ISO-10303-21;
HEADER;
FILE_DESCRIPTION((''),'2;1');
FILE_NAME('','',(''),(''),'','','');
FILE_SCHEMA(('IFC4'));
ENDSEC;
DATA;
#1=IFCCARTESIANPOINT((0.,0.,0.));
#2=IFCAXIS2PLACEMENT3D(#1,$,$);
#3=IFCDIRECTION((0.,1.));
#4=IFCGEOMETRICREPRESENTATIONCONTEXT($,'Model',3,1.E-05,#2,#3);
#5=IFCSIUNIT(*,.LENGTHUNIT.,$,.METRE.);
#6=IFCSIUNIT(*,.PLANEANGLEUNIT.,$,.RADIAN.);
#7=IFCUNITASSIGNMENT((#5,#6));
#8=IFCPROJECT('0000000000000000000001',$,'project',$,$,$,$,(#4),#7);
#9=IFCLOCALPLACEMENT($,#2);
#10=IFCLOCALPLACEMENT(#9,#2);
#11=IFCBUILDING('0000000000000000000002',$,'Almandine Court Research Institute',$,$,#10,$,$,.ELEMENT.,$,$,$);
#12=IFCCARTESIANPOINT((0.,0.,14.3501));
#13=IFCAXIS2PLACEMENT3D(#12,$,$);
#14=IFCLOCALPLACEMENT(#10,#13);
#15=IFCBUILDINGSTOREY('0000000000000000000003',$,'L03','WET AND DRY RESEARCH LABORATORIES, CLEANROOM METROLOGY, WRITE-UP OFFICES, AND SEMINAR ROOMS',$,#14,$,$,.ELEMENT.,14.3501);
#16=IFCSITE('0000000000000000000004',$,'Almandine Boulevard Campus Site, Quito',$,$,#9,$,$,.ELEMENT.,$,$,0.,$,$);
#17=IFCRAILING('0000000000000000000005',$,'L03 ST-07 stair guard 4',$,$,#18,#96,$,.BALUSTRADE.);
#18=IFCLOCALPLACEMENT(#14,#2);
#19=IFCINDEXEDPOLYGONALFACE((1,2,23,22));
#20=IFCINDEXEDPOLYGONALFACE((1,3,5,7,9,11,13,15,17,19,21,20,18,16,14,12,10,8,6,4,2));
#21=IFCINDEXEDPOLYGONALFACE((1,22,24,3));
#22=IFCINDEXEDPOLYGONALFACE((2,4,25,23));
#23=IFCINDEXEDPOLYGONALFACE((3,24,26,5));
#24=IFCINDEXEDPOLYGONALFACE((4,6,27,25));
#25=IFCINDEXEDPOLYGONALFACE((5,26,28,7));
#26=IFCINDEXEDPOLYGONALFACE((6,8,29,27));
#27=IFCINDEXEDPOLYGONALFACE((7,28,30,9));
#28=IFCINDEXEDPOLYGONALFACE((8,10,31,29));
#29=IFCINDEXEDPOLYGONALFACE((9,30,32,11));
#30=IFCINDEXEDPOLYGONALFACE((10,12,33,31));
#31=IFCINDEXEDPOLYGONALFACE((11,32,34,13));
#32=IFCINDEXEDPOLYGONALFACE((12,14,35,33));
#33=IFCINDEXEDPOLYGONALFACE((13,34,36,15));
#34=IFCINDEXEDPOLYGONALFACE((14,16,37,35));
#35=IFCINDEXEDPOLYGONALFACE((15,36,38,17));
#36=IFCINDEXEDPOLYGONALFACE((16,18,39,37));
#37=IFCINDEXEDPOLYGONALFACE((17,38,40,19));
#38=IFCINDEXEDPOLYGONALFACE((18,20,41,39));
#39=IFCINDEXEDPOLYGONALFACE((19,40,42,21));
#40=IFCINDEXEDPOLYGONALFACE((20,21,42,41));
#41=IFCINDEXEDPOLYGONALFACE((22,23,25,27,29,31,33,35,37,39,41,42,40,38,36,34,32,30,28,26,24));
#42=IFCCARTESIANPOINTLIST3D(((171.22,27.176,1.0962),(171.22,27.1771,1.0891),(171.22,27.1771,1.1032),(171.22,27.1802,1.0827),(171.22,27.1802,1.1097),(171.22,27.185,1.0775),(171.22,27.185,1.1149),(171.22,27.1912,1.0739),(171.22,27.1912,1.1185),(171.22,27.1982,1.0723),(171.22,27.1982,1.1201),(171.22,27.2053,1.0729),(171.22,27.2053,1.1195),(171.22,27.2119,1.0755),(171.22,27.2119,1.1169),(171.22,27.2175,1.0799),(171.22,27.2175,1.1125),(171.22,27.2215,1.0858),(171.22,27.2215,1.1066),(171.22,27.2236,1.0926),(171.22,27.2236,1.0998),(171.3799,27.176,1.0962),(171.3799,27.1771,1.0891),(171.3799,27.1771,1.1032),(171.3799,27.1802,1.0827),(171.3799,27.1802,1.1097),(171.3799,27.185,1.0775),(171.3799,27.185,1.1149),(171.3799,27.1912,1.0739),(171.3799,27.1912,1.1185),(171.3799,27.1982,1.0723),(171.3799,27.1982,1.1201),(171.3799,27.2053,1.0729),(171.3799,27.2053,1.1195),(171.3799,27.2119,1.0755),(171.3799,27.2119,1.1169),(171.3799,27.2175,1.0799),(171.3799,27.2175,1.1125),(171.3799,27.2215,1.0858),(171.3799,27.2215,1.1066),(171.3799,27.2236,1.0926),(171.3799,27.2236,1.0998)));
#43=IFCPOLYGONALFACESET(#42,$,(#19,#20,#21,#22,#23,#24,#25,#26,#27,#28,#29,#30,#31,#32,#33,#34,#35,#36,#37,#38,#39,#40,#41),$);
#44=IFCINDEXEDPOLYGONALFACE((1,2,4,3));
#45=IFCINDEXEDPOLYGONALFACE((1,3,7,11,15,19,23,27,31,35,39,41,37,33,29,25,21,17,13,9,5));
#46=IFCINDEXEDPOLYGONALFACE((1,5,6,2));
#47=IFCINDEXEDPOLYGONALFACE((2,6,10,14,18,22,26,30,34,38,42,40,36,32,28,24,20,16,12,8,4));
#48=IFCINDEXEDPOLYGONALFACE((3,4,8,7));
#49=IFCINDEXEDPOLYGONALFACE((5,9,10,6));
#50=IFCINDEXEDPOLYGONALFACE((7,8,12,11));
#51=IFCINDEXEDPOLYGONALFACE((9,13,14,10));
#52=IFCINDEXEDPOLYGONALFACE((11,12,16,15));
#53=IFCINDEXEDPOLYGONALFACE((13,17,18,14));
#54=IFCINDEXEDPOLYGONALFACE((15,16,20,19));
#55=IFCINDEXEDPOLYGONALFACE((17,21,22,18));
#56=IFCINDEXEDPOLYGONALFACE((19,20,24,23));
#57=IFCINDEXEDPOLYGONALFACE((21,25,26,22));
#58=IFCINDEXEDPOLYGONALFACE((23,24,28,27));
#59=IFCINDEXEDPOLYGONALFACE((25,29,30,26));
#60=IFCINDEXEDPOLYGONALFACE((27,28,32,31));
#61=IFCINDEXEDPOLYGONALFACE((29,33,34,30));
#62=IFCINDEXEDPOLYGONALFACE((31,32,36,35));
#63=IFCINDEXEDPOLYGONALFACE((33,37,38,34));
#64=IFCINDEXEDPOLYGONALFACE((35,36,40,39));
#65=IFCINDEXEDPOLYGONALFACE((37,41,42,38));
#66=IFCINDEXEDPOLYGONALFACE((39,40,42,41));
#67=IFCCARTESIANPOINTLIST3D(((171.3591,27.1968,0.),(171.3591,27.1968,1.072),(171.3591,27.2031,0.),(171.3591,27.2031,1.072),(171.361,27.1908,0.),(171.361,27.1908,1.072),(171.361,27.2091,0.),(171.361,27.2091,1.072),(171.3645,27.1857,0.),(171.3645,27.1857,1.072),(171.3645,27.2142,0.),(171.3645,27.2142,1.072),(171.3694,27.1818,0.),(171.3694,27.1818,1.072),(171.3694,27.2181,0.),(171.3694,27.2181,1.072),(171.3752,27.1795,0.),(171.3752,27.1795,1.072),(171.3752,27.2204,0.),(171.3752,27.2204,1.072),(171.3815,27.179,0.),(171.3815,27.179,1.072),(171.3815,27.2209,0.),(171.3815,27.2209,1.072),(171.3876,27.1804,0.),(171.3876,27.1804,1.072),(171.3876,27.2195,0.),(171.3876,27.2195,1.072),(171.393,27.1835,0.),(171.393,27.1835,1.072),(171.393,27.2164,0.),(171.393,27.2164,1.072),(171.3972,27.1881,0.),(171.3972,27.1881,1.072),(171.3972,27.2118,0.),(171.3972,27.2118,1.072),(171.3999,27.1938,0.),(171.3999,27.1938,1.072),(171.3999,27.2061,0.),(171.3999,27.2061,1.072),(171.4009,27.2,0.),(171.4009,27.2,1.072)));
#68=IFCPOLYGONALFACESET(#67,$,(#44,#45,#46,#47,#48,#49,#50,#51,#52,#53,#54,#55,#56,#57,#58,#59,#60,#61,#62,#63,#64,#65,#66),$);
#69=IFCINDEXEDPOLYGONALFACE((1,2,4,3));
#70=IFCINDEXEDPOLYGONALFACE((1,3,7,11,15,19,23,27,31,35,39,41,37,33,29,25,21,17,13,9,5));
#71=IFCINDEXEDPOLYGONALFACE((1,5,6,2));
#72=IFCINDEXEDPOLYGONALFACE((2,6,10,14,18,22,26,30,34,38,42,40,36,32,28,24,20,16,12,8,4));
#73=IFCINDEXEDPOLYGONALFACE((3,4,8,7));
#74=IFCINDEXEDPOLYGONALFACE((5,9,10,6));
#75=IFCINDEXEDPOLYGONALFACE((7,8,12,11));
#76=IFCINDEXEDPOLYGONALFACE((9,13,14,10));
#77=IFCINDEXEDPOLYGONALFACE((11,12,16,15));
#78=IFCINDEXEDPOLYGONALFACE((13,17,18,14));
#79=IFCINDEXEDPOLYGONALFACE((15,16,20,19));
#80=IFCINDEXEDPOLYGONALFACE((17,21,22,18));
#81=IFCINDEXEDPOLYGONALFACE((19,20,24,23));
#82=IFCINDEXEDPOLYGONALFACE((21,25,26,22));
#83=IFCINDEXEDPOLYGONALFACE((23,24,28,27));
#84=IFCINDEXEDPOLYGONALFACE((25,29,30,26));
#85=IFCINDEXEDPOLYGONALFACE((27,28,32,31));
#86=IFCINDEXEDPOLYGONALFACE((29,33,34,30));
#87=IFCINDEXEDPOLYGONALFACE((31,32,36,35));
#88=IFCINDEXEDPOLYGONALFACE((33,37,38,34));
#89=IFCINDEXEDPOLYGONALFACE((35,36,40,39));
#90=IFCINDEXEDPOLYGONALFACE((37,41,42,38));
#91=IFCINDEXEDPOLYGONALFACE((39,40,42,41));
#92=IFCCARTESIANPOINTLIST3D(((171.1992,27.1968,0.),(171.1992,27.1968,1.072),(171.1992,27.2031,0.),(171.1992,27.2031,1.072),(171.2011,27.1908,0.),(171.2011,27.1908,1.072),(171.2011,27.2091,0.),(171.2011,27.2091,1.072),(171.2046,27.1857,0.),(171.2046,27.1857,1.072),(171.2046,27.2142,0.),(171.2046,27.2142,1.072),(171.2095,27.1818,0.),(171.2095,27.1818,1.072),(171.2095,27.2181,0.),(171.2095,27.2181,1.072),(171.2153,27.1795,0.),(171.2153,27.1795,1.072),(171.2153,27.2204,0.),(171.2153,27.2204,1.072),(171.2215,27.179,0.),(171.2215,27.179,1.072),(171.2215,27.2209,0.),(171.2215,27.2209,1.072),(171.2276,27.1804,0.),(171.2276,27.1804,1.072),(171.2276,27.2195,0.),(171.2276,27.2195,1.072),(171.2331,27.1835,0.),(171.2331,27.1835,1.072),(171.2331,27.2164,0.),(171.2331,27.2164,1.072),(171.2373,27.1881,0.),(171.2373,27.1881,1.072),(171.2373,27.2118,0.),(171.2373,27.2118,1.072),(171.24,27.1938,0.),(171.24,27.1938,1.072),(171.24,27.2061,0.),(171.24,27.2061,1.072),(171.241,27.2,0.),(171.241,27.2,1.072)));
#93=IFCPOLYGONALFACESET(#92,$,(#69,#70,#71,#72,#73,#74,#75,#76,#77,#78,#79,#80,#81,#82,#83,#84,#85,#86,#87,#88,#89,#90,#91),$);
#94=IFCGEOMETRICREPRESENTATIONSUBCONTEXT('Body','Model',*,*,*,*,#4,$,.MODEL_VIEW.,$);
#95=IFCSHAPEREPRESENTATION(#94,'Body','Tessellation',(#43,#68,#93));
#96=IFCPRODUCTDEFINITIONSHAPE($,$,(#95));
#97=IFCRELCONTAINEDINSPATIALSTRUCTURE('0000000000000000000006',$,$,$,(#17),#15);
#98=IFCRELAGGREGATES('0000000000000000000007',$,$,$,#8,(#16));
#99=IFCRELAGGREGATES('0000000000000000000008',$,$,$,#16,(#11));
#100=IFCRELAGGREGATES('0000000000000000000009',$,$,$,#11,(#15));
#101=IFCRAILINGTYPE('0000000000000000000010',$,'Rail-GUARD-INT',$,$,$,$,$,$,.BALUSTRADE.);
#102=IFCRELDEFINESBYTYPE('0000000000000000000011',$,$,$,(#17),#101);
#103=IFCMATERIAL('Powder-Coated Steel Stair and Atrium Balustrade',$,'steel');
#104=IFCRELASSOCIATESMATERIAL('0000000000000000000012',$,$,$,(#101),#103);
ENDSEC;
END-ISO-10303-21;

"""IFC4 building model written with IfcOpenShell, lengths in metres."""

from ifc_helpers import new_model, si_unit, direction, frame, origin, origin_2d, place, context, subcontext, project, spatial, circle, extrude, material, type_object, element, save


model = new_model("IFC4")

# Units and contexts
model_context = context("Model", 3, precision=1e-05, world=origin(), true_north=direction((0.0, 1.0)))
body_context = subcontext(model_context, "Body", "Model", "MODEL_VIEW")
ifc_project = project(units=[si_unit("LENGTHUNIT", "METRE"), si_unit("PLANEANGLEUNIT", "RADIAN")], contexts=[model_context])

# Site, building, storey
site_placement = place(None, origin())
site = spatial("IfcSite", under=ifc_project, at=site_placement, Name="Almandine Boulevard Campus Site, Quito", CompositionType="ELEMENT", RefElevation=0.0)
building_placement = place(site_placement, origin())
building = spatial("IfcBuilding", under=site, at=building_placement, Name="Almandine Court Research Institute", CompositionType="ELEMENT")
storey_placement = place(building_placement, frame((0.0, 0.0, 14.3501)))
storey = spatial("IfcBuildingStorey", under=building, at=storey_placement, Name="L03", Description="WET AND DRY RESEARCH LABORATORIES, CLEANROOM METROLOGY, WRITE-UP OFFICES, AND SEMINAR ROOMS", CompositionType="ELEMENT", Elevation=14.3501)

# Railing
ifc_material_1 = material(Name="Powder-Coated Steel Stair and Atrium Balustrade", Category="steel")
railing_type_1 = type_object("IfcRailingType", Name="Rail-GUARD-INT", PredefinedType="BALUSTRADE", material=ifc_material_1)
railing_1_placement = place(storey_placement, frame((171.3799, 27.2, 0.0)))
element("IfcRailing", 1, at=railing_1_placement, inside=storey, type_object=railing_type_1, Name="L03 ST-07 stair guard 4", PredefinedType="BALUSTRADE", context=body_context, shape_type="SweptSolid", body=[
    extrude(circle(Radius=0.0239, at=origin_2d()), frame((0.0, 0.0, 1.0962), z_axis=(-1.0, 0.0, 0.0), x_axis=(0.0, -1.0, 0.0)), (0.0, 0.0, 1.0), 0.1599),
    extrude(circle(Radius=0.021, at=origin_2d()), origin(), (0.0, 0.0, 1.0), 1.072),
    extrude(circle(Radius=0.021, at=origin_2d()), frame((-0.1599, 0.0, 0.0)), (0.0, 0.0, 1.0), 1.072),
])

save(model, "model.ifc")
